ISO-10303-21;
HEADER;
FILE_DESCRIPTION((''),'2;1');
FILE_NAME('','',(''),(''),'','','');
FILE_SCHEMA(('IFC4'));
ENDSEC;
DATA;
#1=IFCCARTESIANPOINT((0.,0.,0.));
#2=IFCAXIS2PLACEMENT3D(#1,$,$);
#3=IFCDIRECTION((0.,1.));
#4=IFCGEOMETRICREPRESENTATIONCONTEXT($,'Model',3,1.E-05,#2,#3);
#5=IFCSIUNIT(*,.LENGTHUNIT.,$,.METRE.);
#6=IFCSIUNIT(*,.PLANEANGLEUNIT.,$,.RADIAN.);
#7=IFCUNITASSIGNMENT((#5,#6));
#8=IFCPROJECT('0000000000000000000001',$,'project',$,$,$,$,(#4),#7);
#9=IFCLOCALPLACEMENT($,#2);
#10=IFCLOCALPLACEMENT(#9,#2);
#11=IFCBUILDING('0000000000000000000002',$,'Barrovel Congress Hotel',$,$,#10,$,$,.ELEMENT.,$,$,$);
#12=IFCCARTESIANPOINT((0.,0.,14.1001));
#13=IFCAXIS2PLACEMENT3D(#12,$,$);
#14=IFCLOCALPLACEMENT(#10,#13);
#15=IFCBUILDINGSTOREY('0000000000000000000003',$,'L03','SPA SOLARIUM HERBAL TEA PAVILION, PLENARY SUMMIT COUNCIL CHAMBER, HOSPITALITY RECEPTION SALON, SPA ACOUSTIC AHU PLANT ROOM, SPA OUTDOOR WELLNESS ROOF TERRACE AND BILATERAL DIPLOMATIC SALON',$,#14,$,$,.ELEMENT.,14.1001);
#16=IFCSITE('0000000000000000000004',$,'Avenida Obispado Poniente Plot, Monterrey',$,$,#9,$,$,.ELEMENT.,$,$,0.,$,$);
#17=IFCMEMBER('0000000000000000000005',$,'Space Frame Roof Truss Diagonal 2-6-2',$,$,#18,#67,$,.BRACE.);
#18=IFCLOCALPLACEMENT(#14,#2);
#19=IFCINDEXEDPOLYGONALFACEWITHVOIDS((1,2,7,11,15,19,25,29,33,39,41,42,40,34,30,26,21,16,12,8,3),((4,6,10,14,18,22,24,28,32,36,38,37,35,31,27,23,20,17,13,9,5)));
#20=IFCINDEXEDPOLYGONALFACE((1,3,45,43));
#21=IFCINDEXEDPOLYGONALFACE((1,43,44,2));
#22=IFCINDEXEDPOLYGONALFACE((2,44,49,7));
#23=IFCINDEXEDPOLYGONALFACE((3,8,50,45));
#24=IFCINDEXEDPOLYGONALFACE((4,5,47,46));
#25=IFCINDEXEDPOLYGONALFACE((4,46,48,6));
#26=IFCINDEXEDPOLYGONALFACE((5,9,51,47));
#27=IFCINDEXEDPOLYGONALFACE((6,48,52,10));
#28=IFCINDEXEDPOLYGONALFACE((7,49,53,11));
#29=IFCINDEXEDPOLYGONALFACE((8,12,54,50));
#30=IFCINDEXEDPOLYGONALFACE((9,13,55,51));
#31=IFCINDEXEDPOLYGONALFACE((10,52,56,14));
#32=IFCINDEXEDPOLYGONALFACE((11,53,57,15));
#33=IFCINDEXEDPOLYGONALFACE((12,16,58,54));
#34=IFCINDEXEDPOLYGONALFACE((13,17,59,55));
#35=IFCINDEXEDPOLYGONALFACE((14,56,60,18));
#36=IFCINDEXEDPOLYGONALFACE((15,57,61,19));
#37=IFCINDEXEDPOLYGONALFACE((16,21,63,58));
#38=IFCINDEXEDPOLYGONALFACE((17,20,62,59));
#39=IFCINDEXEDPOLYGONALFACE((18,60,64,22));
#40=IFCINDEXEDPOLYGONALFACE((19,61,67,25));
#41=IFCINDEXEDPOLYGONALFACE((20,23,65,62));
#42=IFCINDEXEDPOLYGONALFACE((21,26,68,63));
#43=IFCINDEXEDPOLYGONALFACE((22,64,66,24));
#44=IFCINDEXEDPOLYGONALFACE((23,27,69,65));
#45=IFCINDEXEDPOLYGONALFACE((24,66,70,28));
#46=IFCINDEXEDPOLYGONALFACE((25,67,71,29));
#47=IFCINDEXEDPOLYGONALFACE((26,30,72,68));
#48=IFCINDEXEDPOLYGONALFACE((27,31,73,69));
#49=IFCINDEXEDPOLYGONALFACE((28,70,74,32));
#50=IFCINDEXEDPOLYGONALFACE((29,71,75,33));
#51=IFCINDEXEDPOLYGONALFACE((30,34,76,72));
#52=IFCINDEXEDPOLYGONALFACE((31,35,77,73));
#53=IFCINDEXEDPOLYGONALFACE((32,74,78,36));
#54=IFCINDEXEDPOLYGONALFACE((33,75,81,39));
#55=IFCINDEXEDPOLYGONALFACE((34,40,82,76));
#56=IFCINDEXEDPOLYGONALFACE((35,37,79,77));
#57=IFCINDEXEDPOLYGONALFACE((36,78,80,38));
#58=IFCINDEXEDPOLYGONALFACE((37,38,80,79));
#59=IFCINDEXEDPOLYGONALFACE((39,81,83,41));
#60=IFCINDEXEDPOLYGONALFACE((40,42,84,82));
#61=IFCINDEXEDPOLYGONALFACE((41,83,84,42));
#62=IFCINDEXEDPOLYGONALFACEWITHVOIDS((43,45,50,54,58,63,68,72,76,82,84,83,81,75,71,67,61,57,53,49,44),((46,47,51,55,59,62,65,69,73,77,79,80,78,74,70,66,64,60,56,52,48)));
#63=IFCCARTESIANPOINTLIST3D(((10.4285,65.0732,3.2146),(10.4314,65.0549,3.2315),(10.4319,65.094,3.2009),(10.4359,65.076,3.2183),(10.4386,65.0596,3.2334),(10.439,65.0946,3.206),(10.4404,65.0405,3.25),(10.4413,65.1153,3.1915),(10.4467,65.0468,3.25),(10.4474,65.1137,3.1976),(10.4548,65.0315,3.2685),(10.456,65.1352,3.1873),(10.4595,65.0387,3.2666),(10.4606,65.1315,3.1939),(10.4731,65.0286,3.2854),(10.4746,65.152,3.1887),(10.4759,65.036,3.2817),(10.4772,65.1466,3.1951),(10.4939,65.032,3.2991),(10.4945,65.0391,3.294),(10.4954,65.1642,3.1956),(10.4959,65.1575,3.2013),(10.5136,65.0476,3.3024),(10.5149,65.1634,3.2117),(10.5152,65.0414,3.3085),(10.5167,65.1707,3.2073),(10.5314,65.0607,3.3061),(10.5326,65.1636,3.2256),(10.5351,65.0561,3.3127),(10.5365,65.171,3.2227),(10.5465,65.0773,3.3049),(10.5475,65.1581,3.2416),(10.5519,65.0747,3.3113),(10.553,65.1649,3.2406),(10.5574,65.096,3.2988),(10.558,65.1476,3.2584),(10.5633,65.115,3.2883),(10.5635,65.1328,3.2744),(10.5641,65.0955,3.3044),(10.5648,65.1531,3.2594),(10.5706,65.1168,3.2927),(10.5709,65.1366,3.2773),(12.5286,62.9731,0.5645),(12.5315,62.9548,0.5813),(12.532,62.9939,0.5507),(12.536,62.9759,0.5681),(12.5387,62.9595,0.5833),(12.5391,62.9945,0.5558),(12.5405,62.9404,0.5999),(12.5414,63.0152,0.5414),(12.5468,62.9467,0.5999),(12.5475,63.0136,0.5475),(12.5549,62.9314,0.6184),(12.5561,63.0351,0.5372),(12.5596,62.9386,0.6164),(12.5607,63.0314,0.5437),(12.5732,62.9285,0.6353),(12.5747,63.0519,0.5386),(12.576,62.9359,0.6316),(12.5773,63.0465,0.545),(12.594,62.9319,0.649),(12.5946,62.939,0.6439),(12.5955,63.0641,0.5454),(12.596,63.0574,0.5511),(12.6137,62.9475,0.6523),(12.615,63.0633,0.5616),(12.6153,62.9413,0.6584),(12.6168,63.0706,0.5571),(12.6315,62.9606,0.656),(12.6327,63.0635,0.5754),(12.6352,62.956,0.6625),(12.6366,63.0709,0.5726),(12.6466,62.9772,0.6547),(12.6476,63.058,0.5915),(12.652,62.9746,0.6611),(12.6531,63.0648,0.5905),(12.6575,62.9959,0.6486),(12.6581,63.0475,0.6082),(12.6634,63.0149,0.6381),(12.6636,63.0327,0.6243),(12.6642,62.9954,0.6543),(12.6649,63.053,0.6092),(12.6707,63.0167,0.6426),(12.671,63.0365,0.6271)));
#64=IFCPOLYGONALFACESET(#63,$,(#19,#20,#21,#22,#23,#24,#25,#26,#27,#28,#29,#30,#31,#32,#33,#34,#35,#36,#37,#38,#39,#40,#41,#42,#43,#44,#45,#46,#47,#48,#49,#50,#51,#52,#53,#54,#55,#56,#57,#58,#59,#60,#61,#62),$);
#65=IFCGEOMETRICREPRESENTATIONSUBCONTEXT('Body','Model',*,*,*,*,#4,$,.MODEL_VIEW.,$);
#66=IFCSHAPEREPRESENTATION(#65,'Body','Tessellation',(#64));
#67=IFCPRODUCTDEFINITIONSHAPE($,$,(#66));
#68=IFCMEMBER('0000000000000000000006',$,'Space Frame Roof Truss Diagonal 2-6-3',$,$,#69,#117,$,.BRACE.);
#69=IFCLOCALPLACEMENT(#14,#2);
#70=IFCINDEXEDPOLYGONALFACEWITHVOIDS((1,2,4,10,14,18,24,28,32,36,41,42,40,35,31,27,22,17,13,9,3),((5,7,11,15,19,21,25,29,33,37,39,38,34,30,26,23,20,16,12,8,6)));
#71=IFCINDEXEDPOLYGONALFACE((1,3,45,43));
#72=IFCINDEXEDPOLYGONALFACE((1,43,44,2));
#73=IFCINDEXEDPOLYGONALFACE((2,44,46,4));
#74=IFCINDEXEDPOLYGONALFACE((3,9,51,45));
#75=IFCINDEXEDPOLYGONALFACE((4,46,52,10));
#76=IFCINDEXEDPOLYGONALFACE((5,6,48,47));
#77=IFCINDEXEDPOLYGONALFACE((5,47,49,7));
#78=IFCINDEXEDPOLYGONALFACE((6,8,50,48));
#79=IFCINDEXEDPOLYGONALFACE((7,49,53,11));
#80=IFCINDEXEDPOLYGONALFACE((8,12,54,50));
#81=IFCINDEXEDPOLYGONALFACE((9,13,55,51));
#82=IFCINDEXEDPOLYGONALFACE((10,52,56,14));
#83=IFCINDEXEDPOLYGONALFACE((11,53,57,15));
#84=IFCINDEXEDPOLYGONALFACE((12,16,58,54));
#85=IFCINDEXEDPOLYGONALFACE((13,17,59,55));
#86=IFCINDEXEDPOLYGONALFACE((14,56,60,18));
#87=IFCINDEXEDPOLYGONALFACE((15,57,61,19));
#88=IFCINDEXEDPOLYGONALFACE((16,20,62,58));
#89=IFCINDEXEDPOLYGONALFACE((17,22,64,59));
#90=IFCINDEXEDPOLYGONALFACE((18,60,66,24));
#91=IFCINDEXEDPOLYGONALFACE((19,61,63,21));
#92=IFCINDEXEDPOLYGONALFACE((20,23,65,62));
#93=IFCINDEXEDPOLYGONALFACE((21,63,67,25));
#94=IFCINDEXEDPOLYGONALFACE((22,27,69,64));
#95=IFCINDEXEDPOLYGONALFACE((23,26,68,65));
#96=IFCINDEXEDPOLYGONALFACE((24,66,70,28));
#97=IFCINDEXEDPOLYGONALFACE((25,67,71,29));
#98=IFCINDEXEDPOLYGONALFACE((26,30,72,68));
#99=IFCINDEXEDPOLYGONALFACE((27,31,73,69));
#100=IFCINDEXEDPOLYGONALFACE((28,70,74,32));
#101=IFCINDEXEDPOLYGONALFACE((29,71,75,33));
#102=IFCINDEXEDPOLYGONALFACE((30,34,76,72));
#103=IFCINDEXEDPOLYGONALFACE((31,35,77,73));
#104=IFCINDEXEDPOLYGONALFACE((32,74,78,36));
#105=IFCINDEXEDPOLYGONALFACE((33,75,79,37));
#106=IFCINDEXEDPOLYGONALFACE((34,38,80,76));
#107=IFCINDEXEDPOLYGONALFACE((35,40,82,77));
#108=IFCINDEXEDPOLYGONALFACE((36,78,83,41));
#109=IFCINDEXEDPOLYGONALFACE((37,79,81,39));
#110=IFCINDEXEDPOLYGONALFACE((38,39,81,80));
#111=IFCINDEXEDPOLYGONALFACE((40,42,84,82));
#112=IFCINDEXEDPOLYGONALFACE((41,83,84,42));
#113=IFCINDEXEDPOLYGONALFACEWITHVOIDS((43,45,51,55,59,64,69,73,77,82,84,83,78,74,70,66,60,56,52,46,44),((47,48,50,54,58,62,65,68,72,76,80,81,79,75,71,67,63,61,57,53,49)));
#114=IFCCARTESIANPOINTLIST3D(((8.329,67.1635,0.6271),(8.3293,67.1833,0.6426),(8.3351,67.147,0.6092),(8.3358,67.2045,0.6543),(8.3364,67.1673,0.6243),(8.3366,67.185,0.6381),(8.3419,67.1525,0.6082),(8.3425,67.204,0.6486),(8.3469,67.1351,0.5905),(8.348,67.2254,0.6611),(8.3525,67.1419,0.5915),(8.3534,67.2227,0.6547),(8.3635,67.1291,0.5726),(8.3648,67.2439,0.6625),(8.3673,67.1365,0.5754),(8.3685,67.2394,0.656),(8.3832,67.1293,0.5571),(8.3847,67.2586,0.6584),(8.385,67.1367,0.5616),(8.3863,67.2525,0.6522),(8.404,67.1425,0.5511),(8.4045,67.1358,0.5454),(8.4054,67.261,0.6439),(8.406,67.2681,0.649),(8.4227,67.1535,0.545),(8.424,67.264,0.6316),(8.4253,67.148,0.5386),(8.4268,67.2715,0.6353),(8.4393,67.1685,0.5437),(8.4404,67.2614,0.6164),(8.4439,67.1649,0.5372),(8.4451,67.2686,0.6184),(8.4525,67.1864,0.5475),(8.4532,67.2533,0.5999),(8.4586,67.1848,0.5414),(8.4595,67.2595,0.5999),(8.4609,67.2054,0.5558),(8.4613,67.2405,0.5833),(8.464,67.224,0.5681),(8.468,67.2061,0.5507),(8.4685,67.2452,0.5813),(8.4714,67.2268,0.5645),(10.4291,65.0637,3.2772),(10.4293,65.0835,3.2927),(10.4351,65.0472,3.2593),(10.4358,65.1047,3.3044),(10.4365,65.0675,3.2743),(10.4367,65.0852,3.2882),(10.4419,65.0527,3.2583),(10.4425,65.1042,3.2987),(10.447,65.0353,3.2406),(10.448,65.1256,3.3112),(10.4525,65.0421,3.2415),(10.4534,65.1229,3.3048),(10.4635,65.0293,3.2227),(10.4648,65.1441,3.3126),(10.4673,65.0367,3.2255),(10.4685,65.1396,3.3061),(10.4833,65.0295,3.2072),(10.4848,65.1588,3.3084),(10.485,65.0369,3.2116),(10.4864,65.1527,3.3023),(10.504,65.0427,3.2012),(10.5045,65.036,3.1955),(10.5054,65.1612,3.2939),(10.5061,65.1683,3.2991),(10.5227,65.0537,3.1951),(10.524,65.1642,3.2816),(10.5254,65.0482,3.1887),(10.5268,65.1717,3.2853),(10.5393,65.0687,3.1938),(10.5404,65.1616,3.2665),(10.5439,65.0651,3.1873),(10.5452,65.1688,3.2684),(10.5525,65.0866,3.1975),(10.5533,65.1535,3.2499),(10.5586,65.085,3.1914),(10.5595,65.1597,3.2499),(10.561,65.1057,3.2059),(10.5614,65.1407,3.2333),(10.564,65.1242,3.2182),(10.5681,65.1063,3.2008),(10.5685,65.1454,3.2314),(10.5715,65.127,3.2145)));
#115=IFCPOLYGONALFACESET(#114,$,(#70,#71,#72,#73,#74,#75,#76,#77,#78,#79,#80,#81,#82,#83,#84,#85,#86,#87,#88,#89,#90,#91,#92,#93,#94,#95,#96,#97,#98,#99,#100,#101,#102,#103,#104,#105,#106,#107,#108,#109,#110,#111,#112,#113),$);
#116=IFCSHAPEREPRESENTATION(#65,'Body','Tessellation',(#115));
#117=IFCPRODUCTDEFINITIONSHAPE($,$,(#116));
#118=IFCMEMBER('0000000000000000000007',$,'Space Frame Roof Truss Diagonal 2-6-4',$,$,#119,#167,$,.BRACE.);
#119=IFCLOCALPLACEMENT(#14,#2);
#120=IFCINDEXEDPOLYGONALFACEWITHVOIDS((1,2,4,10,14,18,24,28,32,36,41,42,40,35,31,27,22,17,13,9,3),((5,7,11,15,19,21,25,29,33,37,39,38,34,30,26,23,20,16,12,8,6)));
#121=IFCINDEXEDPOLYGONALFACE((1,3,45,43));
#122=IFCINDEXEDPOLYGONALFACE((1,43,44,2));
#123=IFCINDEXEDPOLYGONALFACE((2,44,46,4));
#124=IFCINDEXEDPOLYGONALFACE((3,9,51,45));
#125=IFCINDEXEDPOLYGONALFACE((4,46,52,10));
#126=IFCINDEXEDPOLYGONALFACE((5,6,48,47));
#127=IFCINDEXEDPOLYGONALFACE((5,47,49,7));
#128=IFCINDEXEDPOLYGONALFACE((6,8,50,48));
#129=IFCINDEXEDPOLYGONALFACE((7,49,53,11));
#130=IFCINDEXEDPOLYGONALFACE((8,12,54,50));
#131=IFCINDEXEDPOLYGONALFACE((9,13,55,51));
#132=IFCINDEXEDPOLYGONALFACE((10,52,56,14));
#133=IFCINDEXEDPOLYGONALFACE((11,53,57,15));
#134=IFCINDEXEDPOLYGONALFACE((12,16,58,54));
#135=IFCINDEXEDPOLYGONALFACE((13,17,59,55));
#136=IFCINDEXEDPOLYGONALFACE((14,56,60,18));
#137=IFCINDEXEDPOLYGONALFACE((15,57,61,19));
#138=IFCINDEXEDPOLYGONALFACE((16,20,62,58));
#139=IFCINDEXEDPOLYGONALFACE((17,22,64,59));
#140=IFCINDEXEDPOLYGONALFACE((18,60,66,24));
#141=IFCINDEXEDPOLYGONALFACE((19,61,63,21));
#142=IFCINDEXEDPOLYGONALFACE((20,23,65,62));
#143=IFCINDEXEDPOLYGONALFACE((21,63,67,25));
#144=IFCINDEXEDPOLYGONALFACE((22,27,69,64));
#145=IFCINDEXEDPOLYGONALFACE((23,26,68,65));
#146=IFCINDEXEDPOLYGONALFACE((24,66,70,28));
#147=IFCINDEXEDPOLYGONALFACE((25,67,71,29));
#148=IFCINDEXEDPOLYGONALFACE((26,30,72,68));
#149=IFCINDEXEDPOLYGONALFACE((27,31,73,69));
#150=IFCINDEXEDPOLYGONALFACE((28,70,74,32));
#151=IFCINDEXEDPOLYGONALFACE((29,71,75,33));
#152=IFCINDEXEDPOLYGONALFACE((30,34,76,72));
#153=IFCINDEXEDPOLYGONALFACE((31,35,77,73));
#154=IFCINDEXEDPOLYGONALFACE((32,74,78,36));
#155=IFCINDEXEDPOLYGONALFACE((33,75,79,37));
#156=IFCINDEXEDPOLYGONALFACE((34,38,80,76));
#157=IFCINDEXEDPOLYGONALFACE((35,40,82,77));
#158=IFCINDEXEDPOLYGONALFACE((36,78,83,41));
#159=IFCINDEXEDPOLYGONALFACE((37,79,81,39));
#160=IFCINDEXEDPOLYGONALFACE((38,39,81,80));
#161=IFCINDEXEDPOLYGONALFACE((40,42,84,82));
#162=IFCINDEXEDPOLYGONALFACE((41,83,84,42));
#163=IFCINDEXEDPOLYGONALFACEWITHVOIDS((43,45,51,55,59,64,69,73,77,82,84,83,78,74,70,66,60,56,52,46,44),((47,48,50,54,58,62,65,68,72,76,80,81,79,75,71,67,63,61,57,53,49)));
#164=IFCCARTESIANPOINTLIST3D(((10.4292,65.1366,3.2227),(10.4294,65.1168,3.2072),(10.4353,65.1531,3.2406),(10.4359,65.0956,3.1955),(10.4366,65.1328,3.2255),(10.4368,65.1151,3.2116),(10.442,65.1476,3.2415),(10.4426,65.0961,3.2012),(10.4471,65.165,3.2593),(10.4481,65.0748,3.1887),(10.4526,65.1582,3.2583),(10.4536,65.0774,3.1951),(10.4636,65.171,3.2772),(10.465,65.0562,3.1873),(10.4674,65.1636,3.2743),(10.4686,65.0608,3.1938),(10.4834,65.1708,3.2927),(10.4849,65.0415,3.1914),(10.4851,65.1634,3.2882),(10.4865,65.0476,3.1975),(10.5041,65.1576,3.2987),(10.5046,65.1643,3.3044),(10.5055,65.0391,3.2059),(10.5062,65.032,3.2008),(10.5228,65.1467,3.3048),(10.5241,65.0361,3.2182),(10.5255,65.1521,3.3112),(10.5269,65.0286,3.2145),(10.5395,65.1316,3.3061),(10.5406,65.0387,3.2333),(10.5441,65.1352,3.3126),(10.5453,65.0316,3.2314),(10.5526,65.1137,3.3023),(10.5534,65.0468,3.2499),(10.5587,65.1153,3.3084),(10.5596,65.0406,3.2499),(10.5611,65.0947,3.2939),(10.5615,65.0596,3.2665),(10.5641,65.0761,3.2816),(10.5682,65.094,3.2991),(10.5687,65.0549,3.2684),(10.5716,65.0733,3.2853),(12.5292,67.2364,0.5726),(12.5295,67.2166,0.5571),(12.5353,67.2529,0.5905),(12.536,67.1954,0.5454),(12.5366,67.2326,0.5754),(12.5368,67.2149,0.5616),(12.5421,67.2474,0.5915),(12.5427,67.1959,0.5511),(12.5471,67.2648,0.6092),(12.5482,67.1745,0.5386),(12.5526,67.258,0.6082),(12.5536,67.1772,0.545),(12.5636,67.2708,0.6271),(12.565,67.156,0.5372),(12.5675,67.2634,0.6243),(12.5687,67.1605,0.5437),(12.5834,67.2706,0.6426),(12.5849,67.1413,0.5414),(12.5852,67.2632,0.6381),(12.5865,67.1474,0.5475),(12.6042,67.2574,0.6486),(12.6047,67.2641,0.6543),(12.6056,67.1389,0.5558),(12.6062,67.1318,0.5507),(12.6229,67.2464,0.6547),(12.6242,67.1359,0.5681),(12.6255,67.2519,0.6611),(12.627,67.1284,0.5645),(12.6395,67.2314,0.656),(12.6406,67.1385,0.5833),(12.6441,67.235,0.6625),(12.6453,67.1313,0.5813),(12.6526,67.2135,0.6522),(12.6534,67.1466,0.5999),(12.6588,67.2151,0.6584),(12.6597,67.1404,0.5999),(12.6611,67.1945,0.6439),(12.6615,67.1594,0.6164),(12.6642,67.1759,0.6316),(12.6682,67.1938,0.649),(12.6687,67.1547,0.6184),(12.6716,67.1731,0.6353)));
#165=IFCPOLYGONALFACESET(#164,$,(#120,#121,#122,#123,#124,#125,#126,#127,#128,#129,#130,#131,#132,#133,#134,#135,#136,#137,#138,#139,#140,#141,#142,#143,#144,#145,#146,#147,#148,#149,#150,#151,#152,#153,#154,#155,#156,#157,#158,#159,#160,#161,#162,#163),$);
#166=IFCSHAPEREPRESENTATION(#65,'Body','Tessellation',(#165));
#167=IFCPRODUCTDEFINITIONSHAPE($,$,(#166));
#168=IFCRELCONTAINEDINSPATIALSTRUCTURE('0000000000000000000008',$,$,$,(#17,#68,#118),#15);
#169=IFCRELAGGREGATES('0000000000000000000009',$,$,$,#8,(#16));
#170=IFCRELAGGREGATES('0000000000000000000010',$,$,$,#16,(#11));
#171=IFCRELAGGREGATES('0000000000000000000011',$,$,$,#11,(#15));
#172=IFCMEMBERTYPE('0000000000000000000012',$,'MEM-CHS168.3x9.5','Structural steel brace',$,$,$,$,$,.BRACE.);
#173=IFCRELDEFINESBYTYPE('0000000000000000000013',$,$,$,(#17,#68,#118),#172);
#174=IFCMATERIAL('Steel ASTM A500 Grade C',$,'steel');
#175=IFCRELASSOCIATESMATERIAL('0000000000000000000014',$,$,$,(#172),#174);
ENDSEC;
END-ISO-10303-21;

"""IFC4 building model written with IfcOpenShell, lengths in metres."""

from ifc_helpers import new_model, si_unit, direction, frame, origin, origin_2d, place, context, subcontext, project, spatial, hollow_circle, extrude, material, material_profile, profile_set, type_object, element, save


model = new_model("IFC4")

# Units and contexts
model_context = context("Model", 3, precision=1e-05, world=origin(), true_north=direction((0.0, 1.0)))
body_context = subcontext(model_context, "Body", "Model", "MODEL_VIEW")
ifc_project = project(units=[si_unit("LENGTHUNIT", "METRE"), si_unit("PLANEANGLEUNIT", "RADIAN")], contexts=[model_context])

# Site, building, storey
site_placement = place(None, origin())
site = spatial("IfcSite", under=ifc_project, at=site_placement, Name="Avenida Obispado Poniente Plot, Monterrey", CompositionType="ELEMENT", RefElevation=0.0)
building_placement = place(site_placement, origin())
building = spatial("IfcBuilding", under=site, at=building_placement, Name="Barrovel Congress Hotel", CompositionType="ELEMENT")
storey_placement = place(building_placement, frame((0.0, 0.0, 14.1001)))
storey = spatial("IfcBuildingStorey", under=building, at=storey_placement, Name="L03", Description="SPA SOLARIUM HERBAL TEA PAVILION, PLENARY SUMMIT COUNCIL CHAMBER, HOSPITALITY RECEPTION SALON, SPA ACOUSTIC AHU PLANT ROOM, SPA OUTDOOR WELLNESS ROOF TERRACE AND BILATERAL DIPLOMATIC SALON", CompositionType="ELEMENT", Elevation=14.1001)

# Members
ifc_material_1 = material(Name="Steel ASTM A500 Grade C", Category="steel")
ifc_material_profile_1 = material_profile(ifc_material_1, hollow_circle(Radius=0.0842, WallThickness=0.0088, at=origin_2d()), Name="CHS168.3x9.5")
ifc_profile_set_1 = profile_set([ifc_material_profile_1], Name="Steel ASTM A500 Grade C")
member_type_1 = type_object("IfcMemberType", Name="MEM-CHS168.3x9.5", Description="Structural steel brace", PredefinedType="BRACE", material=ifc_profile_set_1)
for number, where, z_axis, x_axis, name in (
    (1, (12.6001, 63.0, 0.5999), (-0.527601, 0.527601, 0.665788), (-0.707107, -0.707107, 0.0), "Space Frame Roof Truss Diagonal 2-6-2"),
):
    element("IfcMember", number, at=place(storey_placement, frame(where, z_axis=z_axis, x_axis=x_axis)), inside=storey, type_object=member_type_1, Name=name, PredefinedType="BRACE", context=body_context, shape_type="SweptSolid", body=[
        extrude(hollow_circle(Radius=0.0842, WallThickness=0.0088, at=origin_2d()), origin(), (0.0, 0.0, 1.0), 3.9805),
    ])
for number, where, z_axis, x_axis, name in (
    (2, (8.3999, 67.2, 0.5999), (0.527618, -0.527557, 0.66581), (0.707066, 0.707148, 0.0), "Space Frame Roof Truss Diagonal 2-6-3"),
    (3, (12.6001, 67.2, 0.5999), (-0.527618, -0.527557, 0.66581), (0.707066, -0.707148, 0.0), "Space Frame Roof Truss Diagonal 2-6-4"),
):
    element("IfcMember", number, at=place(storey_placement, frame(where, z_axis=z_axis, x_axis=x_axis)), inside=storey, type_object=member_type_1, Name=name, PredefinedType="BRACE", context=body_context, shape_type="SweptSolid", body=[
        extrude(hollow_circle(Radius=0.0842, WallThickness=0.0088, at=origin_2d()), origin(), (0.0, 0.0, 1.0), 3.9802),
    ])

save(model, "model.ifc")
